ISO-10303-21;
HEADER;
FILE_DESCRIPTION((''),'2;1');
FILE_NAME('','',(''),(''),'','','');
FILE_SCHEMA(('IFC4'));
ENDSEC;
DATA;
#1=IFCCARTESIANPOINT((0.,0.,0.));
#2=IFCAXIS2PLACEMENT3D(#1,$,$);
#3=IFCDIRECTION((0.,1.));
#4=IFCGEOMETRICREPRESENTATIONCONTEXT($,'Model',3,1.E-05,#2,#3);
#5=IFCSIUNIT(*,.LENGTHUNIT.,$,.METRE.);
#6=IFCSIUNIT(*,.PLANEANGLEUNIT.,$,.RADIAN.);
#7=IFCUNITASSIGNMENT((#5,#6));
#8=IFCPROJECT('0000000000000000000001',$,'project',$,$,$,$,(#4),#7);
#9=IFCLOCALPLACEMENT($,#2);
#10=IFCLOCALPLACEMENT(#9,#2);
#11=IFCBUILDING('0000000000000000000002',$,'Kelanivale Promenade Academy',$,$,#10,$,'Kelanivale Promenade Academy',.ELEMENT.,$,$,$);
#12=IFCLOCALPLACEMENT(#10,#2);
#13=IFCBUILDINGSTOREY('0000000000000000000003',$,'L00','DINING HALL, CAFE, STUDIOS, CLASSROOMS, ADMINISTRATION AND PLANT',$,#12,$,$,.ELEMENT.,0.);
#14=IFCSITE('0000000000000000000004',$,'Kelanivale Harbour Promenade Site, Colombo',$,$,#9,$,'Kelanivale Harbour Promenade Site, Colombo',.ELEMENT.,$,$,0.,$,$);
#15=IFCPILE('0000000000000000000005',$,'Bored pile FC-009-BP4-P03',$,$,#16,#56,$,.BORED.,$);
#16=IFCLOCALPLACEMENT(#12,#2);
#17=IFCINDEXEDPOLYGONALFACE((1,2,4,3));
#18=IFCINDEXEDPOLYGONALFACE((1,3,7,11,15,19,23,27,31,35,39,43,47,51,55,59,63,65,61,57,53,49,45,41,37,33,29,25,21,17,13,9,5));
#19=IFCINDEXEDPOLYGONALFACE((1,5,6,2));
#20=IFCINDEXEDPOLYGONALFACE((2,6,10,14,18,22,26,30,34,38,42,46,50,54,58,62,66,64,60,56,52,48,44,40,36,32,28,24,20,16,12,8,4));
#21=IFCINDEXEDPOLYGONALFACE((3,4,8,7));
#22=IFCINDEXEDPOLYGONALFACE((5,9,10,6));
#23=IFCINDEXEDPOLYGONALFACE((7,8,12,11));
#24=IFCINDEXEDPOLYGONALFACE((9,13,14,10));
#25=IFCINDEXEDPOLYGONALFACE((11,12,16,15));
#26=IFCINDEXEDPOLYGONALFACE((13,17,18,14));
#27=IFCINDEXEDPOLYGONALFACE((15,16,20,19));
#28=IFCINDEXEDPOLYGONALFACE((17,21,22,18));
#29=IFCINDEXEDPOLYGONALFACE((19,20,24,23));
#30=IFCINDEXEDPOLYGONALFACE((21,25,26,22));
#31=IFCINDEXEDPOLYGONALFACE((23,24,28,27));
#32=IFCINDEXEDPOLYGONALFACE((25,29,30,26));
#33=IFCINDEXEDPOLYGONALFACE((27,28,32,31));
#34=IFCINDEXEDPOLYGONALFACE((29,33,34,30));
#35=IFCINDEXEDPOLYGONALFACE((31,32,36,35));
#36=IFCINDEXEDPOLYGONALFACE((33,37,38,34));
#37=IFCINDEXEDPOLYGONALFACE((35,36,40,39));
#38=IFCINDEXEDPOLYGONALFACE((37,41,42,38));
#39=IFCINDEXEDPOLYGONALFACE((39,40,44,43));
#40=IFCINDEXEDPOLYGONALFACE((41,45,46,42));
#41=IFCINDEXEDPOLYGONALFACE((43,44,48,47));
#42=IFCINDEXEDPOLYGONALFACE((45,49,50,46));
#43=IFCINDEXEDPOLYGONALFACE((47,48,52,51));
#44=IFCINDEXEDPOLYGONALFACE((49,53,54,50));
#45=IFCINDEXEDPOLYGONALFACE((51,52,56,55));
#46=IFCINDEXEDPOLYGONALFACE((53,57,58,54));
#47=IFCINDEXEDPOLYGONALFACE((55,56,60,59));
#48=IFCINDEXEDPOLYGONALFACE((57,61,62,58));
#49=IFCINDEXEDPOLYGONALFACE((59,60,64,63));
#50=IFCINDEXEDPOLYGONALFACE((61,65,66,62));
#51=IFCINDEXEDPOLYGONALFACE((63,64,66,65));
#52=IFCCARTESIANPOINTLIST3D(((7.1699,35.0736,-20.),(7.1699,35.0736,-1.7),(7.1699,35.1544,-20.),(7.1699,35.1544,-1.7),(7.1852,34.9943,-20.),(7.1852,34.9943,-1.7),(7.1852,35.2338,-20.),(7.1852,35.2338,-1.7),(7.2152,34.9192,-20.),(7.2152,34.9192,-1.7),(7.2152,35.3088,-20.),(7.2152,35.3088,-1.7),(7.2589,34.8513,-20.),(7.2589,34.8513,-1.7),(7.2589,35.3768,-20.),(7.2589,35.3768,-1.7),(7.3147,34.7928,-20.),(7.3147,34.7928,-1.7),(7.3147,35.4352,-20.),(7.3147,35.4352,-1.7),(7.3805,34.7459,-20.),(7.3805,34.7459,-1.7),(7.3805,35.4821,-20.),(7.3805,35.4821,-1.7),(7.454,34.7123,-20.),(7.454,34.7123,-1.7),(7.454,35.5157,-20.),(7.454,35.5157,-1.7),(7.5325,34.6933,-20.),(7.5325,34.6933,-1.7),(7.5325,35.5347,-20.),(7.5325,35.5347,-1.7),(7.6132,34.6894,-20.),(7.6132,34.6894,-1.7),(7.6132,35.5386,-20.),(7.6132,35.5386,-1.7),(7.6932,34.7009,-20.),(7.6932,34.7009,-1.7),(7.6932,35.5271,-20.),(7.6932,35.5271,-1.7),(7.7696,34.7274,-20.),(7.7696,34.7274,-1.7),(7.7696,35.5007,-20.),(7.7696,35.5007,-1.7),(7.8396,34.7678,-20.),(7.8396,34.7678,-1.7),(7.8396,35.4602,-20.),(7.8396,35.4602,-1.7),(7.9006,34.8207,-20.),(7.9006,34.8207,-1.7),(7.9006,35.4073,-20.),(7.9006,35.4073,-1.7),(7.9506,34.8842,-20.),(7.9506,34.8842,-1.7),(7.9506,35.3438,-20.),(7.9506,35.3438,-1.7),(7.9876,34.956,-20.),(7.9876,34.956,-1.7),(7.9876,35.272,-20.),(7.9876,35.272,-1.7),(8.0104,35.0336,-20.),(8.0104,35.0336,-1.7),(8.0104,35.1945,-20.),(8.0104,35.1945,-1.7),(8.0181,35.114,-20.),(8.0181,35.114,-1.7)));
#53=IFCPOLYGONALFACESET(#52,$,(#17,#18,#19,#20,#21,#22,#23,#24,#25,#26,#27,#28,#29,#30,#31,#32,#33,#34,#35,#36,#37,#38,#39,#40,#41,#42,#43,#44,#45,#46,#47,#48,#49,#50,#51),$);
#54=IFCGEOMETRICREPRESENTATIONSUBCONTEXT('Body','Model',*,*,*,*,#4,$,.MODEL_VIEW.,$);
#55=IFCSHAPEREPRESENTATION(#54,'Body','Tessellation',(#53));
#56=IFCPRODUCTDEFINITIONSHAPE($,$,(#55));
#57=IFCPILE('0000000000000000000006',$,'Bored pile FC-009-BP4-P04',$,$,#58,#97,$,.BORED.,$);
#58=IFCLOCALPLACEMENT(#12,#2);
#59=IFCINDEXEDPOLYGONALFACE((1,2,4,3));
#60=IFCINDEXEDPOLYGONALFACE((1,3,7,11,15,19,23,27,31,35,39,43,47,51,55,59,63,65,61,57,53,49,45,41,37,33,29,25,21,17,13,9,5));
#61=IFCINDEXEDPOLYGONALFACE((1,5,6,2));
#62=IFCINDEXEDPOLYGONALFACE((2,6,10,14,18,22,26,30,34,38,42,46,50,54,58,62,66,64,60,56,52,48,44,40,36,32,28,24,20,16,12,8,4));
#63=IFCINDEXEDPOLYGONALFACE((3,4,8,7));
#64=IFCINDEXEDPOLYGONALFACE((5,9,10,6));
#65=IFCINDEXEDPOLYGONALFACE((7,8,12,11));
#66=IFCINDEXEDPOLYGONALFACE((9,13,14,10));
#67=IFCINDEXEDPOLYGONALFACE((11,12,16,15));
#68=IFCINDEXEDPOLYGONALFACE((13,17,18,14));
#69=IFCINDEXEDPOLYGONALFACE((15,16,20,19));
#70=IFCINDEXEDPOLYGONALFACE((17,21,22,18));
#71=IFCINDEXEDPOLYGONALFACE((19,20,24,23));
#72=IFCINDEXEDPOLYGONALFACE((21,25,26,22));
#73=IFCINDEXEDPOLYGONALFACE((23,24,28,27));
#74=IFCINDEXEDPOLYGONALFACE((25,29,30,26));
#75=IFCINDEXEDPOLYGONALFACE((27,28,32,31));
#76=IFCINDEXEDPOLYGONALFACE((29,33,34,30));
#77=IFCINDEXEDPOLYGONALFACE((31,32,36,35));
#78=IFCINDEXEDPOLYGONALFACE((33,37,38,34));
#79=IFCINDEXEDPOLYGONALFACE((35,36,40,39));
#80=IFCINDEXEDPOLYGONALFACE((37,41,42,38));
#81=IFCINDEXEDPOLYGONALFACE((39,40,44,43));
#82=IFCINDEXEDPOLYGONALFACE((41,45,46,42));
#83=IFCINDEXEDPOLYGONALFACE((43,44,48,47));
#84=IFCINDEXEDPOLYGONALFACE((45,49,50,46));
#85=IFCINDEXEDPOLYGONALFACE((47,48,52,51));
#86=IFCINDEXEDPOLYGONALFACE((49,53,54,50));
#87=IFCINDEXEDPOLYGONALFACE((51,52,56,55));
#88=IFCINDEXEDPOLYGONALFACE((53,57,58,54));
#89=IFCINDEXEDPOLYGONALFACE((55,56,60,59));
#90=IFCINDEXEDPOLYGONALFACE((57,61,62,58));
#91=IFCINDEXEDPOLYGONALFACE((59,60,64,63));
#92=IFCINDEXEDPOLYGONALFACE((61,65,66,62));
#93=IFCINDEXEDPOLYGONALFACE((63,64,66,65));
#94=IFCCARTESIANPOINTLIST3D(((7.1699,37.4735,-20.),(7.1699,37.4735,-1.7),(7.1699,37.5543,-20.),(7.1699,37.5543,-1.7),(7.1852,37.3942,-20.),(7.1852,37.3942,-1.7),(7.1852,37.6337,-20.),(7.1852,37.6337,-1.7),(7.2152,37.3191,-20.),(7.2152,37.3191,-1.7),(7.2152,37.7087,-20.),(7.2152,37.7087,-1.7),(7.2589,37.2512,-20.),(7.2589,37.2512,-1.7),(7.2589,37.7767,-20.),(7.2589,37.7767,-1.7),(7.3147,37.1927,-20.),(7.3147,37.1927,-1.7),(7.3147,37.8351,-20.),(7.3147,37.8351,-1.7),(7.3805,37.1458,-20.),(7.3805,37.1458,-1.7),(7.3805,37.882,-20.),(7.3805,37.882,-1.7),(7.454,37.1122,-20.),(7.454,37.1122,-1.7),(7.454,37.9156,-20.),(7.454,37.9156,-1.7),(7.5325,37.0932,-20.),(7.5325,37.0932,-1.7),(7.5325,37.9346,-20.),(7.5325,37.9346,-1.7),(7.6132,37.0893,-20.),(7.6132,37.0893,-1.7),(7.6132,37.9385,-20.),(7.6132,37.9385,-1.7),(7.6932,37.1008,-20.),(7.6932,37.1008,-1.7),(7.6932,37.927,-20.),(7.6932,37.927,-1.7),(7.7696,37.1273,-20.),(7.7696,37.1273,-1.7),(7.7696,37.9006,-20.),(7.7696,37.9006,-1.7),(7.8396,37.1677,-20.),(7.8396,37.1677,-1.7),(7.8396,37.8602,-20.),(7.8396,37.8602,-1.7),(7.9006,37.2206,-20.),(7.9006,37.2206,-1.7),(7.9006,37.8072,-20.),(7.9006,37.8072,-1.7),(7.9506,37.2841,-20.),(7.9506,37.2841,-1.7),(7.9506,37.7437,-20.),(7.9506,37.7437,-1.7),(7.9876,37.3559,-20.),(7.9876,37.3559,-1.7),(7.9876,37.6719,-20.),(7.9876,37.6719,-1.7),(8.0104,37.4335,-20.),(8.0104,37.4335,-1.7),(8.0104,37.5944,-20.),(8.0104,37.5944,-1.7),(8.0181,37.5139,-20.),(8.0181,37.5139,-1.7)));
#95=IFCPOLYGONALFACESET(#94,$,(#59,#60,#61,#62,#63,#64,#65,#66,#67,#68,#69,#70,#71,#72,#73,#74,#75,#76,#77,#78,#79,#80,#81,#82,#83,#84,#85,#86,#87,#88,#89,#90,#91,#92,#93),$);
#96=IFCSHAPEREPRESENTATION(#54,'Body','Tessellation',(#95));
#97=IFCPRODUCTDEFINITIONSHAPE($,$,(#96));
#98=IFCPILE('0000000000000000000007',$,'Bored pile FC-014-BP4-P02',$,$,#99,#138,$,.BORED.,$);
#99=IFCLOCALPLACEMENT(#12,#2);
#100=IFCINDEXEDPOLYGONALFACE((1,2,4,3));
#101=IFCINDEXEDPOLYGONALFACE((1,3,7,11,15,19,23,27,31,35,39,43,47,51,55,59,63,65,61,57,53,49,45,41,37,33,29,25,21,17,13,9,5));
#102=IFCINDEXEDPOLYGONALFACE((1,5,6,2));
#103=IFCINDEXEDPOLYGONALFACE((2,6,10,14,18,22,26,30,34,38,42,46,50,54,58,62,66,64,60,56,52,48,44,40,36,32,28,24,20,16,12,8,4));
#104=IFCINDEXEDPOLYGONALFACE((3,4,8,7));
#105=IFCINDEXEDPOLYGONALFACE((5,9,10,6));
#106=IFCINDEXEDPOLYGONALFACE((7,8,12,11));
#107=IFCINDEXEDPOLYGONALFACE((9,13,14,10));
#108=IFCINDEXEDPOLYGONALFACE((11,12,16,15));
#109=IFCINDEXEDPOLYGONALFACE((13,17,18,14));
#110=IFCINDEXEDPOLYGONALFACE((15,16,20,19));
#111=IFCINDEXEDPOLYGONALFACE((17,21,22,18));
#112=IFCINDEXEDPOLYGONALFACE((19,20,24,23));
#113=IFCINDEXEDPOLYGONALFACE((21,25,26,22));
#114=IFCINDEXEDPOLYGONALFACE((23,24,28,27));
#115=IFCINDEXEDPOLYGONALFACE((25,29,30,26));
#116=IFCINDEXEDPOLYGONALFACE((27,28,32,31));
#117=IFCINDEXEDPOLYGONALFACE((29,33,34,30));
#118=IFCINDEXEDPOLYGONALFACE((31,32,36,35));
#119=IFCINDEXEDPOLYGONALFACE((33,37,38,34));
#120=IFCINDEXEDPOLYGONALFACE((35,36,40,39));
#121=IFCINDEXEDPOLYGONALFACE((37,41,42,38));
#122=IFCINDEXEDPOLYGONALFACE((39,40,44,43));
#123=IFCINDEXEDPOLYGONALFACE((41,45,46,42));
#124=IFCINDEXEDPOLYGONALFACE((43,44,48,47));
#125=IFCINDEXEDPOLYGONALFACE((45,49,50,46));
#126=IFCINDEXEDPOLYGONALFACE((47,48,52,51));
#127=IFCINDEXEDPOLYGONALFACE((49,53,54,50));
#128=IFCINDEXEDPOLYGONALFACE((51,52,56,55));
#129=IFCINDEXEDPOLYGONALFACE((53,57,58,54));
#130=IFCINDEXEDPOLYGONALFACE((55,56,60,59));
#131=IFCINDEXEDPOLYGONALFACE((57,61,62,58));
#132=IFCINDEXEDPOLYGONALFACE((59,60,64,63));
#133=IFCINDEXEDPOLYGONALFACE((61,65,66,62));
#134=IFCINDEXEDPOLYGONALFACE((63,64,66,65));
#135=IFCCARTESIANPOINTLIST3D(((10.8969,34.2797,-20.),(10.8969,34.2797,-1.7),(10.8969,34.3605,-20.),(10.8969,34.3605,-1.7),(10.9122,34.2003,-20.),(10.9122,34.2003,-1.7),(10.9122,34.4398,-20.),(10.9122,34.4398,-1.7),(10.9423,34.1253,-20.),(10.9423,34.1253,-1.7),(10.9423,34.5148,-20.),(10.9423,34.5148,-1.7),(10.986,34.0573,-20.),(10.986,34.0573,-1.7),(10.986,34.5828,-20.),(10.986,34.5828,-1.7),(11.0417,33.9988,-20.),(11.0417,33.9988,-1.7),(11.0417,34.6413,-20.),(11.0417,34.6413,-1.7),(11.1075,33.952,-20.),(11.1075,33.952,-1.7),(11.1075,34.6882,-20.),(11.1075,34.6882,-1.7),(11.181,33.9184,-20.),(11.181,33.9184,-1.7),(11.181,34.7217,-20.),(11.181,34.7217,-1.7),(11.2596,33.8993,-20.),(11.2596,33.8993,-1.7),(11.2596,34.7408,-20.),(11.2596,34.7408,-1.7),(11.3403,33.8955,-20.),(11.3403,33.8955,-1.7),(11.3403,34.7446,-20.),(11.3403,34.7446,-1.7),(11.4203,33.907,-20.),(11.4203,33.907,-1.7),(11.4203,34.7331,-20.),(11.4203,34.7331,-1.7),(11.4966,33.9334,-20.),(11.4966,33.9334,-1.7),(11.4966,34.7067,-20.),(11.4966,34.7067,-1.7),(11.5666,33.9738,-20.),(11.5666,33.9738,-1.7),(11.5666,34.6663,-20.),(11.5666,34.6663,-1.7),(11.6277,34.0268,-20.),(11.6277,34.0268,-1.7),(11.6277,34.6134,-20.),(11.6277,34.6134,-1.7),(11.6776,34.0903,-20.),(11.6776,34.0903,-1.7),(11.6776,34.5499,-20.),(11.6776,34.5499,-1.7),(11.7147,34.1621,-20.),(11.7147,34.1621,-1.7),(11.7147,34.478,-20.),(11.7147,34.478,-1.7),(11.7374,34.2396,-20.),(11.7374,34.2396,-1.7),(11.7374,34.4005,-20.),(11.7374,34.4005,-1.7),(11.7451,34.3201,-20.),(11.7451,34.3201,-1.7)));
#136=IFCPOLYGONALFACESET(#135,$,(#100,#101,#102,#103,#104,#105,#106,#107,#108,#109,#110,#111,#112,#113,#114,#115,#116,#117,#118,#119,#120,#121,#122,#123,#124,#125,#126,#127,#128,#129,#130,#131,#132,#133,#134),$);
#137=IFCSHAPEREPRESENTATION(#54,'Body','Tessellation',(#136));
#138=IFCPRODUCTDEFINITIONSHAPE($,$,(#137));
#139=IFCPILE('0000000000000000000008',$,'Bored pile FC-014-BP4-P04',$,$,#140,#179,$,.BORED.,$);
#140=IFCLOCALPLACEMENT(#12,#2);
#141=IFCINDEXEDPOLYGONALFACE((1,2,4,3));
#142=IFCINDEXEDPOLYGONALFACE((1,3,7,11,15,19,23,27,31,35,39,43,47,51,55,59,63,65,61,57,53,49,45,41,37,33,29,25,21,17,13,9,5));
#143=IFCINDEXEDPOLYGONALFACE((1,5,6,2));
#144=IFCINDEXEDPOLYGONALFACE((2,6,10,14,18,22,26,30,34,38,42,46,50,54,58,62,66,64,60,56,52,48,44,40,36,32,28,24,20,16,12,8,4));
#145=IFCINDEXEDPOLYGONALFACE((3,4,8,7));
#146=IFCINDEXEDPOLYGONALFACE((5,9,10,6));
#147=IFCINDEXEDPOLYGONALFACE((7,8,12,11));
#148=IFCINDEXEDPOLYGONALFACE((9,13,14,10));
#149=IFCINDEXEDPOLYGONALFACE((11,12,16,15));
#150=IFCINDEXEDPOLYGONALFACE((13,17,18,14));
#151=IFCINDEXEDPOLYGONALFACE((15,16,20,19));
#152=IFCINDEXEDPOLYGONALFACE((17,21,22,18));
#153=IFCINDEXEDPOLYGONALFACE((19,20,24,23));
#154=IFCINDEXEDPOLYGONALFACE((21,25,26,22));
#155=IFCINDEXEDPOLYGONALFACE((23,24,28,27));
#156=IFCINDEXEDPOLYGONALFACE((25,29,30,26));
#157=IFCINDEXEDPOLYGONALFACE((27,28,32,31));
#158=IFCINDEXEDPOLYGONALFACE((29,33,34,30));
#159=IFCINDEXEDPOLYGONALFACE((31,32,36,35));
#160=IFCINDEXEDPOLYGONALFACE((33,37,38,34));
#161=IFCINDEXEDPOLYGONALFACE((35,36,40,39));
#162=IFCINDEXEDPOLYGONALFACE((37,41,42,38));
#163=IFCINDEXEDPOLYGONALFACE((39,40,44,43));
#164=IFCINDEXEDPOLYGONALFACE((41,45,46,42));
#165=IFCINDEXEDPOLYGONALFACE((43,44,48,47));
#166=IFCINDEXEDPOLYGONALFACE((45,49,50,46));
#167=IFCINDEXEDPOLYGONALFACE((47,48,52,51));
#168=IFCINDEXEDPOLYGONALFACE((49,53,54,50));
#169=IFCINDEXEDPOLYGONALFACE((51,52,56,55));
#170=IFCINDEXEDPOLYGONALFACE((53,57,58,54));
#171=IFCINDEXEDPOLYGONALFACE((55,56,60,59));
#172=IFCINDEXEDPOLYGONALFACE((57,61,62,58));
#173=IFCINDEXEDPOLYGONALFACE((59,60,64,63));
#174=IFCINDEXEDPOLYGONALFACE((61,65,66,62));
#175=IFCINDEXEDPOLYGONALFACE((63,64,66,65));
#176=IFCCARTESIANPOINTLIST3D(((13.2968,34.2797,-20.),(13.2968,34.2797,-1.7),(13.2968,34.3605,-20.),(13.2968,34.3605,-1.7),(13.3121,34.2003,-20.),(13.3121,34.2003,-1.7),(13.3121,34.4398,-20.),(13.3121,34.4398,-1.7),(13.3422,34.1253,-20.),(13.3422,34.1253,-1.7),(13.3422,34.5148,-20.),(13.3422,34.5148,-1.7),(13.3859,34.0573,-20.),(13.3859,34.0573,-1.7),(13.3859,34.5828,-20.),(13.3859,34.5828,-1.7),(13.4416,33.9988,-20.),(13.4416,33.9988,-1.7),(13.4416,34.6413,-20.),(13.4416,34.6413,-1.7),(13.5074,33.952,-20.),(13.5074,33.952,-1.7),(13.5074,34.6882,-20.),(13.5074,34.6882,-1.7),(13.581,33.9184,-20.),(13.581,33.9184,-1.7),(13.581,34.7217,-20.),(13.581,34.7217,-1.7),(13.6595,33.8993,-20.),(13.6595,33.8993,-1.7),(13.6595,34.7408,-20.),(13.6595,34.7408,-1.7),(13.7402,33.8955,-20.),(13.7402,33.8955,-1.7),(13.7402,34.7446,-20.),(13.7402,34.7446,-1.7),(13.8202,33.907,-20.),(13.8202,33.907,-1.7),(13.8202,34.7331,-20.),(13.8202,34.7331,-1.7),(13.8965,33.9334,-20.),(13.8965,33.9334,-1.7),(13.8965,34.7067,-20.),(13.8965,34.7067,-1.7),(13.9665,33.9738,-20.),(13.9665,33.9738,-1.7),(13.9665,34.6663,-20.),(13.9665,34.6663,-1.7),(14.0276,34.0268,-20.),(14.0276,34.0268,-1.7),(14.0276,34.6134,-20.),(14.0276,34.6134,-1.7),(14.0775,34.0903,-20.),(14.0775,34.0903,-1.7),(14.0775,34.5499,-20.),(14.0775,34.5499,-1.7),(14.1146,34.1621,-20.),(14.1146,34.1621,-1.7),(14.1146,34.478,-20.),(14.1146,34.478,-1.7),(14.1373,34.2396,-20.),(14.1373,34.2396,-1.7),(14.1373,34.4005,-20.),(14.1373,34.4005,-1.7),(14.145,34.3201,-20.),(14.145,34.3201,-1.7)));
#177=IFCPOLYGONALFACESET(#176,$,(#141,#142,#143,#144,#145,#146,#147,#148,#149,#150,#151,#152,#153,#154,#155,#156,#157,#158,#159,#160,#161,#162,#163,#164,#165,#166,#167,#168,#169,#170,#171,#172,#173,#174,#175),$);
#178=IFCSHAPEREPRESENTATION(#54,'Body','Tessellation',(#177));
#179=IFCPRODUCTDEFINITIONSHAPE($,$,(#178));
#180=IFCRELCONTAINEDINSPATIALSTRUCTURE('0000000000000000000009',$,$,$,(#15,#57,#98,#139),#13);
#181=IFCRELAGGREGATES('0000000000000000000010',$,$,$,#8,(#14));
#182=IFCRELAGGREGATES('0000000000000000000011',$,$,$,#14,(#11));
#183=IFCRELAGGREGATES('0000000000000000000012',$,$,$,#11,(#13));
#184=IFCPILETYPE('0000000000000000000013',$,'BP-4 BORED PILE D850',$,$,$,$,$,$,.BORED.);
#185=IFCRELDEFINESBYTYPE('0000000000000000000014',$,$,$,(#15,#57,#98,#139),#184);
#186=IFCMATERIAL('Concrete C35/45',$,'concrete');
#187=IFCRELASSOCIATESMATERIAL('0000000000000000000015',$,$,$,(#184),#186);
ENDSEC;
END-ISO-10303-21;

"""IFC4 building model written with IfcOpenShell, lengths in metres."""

from ifc_helpers import new_model, si_unit, direction, frame, origin, origin_2d, place, context, subcontext, project, spatial, circle, extrude, material, material_profile, profile_set, type_object, element, save


model = new_model("IFC4")

# Units and contexts
model_context = context("Model", 3, precision=1e-05, world=origin(), true_north=direction((0.0, 1.0)))
body_context = subcontext(model_context, "Body", "Model", "MODEL_VIEW")
ifc_project = project(units=[si_unit("LENGTHUNIT", "METRE"), si_unit("PLANEANGLEUNIT", "RADIAN")], contexts=[model_context])

# Site, building, storey
site_placement = place(None, origin())
site = spatial("IfcSite", under=ifc_project, at=site_placement, Name="Kelanivale Harbour Promenade Site, Colombo", LongName="Kelanivale Harbour Promenade Site, Colombo", CompositionType="ELEMENT", RefElevation=0.0)
building_placement = place(site_placement, origin())
building = spatial("IfcBuilding", under=site, at=building_placement, Name="Kelanivale Promenade Academy", LongName="Kelanivale Promenade Academy", CompositionType="ELEMENT")
storey_placement = place(building_placement, origin())
storey = spatial("IfcBuildingStorey", under=building, at=storey_placement, Name="L00", Description="DINING HALL, CAFE, STUDIOS, CLASSROOMS, ADMINISTRATION AND PLANT", CompositionType="ELEMENT", Elevation=0.0)

# Piles
ifc_material_1 = material(Name="Concrete C35/45", Category="concrete")
ifc_material_profile_1 = material_profile(ifc_material_1, circle(Radius=0.425, at=origin_2d()), Name="BORED PILE D850")
ifc_profile_set_1 = profile_set([ifc_material_profile_1], Name="Concrete C35/45")
pile_type_1 = type_object("IfcPileType", Name="BP-4 BORED PILE D850", PredefinedType="BORED", material=ifc_profile_set_1)
for number, where, z_axis, x_axis, name in (
    (1, (7.593, 35.114, -1.7), (0.0, 0.0, -1.0), (1.0, 0.0, 0.0), "Bored pile FC-009-BP4-P03"),
    (2, (7.593, 37.5139, -1.7), (0.0, 0.0, -1.0), (1.0, 0.0, 0.0), "Bored pile FC-009-BP4-P04"),
    (3, (11.3201, 34.3201, -1.7), (0.0, 0.0, -1.0), (1.0, 0.0, 0.0), "Bored pile FC-014-BP4-P02"),
    (4, (13.72, 34.3201, -1.7), (0.0, 0.0, -1.0), (1.0, 0.0, 0.0), "Bored pile FC-014-BP4-P04"),
):
    element("IfcPile", number, at=place(storey_placement, frame(where, z_axis=z_axis, x_axis=x_axis)), inside=storey, type_object=pile_type_1, Name=name, PredefinedType="BORED", context=body_context, shape_type="SweptSolid", body=[
        extrude(circle(Radius=0.425, at=origin_2d()), origin(), (0.0, 0.0, 1.0), 18.3),
    ])

save(model, "model.ifc")
